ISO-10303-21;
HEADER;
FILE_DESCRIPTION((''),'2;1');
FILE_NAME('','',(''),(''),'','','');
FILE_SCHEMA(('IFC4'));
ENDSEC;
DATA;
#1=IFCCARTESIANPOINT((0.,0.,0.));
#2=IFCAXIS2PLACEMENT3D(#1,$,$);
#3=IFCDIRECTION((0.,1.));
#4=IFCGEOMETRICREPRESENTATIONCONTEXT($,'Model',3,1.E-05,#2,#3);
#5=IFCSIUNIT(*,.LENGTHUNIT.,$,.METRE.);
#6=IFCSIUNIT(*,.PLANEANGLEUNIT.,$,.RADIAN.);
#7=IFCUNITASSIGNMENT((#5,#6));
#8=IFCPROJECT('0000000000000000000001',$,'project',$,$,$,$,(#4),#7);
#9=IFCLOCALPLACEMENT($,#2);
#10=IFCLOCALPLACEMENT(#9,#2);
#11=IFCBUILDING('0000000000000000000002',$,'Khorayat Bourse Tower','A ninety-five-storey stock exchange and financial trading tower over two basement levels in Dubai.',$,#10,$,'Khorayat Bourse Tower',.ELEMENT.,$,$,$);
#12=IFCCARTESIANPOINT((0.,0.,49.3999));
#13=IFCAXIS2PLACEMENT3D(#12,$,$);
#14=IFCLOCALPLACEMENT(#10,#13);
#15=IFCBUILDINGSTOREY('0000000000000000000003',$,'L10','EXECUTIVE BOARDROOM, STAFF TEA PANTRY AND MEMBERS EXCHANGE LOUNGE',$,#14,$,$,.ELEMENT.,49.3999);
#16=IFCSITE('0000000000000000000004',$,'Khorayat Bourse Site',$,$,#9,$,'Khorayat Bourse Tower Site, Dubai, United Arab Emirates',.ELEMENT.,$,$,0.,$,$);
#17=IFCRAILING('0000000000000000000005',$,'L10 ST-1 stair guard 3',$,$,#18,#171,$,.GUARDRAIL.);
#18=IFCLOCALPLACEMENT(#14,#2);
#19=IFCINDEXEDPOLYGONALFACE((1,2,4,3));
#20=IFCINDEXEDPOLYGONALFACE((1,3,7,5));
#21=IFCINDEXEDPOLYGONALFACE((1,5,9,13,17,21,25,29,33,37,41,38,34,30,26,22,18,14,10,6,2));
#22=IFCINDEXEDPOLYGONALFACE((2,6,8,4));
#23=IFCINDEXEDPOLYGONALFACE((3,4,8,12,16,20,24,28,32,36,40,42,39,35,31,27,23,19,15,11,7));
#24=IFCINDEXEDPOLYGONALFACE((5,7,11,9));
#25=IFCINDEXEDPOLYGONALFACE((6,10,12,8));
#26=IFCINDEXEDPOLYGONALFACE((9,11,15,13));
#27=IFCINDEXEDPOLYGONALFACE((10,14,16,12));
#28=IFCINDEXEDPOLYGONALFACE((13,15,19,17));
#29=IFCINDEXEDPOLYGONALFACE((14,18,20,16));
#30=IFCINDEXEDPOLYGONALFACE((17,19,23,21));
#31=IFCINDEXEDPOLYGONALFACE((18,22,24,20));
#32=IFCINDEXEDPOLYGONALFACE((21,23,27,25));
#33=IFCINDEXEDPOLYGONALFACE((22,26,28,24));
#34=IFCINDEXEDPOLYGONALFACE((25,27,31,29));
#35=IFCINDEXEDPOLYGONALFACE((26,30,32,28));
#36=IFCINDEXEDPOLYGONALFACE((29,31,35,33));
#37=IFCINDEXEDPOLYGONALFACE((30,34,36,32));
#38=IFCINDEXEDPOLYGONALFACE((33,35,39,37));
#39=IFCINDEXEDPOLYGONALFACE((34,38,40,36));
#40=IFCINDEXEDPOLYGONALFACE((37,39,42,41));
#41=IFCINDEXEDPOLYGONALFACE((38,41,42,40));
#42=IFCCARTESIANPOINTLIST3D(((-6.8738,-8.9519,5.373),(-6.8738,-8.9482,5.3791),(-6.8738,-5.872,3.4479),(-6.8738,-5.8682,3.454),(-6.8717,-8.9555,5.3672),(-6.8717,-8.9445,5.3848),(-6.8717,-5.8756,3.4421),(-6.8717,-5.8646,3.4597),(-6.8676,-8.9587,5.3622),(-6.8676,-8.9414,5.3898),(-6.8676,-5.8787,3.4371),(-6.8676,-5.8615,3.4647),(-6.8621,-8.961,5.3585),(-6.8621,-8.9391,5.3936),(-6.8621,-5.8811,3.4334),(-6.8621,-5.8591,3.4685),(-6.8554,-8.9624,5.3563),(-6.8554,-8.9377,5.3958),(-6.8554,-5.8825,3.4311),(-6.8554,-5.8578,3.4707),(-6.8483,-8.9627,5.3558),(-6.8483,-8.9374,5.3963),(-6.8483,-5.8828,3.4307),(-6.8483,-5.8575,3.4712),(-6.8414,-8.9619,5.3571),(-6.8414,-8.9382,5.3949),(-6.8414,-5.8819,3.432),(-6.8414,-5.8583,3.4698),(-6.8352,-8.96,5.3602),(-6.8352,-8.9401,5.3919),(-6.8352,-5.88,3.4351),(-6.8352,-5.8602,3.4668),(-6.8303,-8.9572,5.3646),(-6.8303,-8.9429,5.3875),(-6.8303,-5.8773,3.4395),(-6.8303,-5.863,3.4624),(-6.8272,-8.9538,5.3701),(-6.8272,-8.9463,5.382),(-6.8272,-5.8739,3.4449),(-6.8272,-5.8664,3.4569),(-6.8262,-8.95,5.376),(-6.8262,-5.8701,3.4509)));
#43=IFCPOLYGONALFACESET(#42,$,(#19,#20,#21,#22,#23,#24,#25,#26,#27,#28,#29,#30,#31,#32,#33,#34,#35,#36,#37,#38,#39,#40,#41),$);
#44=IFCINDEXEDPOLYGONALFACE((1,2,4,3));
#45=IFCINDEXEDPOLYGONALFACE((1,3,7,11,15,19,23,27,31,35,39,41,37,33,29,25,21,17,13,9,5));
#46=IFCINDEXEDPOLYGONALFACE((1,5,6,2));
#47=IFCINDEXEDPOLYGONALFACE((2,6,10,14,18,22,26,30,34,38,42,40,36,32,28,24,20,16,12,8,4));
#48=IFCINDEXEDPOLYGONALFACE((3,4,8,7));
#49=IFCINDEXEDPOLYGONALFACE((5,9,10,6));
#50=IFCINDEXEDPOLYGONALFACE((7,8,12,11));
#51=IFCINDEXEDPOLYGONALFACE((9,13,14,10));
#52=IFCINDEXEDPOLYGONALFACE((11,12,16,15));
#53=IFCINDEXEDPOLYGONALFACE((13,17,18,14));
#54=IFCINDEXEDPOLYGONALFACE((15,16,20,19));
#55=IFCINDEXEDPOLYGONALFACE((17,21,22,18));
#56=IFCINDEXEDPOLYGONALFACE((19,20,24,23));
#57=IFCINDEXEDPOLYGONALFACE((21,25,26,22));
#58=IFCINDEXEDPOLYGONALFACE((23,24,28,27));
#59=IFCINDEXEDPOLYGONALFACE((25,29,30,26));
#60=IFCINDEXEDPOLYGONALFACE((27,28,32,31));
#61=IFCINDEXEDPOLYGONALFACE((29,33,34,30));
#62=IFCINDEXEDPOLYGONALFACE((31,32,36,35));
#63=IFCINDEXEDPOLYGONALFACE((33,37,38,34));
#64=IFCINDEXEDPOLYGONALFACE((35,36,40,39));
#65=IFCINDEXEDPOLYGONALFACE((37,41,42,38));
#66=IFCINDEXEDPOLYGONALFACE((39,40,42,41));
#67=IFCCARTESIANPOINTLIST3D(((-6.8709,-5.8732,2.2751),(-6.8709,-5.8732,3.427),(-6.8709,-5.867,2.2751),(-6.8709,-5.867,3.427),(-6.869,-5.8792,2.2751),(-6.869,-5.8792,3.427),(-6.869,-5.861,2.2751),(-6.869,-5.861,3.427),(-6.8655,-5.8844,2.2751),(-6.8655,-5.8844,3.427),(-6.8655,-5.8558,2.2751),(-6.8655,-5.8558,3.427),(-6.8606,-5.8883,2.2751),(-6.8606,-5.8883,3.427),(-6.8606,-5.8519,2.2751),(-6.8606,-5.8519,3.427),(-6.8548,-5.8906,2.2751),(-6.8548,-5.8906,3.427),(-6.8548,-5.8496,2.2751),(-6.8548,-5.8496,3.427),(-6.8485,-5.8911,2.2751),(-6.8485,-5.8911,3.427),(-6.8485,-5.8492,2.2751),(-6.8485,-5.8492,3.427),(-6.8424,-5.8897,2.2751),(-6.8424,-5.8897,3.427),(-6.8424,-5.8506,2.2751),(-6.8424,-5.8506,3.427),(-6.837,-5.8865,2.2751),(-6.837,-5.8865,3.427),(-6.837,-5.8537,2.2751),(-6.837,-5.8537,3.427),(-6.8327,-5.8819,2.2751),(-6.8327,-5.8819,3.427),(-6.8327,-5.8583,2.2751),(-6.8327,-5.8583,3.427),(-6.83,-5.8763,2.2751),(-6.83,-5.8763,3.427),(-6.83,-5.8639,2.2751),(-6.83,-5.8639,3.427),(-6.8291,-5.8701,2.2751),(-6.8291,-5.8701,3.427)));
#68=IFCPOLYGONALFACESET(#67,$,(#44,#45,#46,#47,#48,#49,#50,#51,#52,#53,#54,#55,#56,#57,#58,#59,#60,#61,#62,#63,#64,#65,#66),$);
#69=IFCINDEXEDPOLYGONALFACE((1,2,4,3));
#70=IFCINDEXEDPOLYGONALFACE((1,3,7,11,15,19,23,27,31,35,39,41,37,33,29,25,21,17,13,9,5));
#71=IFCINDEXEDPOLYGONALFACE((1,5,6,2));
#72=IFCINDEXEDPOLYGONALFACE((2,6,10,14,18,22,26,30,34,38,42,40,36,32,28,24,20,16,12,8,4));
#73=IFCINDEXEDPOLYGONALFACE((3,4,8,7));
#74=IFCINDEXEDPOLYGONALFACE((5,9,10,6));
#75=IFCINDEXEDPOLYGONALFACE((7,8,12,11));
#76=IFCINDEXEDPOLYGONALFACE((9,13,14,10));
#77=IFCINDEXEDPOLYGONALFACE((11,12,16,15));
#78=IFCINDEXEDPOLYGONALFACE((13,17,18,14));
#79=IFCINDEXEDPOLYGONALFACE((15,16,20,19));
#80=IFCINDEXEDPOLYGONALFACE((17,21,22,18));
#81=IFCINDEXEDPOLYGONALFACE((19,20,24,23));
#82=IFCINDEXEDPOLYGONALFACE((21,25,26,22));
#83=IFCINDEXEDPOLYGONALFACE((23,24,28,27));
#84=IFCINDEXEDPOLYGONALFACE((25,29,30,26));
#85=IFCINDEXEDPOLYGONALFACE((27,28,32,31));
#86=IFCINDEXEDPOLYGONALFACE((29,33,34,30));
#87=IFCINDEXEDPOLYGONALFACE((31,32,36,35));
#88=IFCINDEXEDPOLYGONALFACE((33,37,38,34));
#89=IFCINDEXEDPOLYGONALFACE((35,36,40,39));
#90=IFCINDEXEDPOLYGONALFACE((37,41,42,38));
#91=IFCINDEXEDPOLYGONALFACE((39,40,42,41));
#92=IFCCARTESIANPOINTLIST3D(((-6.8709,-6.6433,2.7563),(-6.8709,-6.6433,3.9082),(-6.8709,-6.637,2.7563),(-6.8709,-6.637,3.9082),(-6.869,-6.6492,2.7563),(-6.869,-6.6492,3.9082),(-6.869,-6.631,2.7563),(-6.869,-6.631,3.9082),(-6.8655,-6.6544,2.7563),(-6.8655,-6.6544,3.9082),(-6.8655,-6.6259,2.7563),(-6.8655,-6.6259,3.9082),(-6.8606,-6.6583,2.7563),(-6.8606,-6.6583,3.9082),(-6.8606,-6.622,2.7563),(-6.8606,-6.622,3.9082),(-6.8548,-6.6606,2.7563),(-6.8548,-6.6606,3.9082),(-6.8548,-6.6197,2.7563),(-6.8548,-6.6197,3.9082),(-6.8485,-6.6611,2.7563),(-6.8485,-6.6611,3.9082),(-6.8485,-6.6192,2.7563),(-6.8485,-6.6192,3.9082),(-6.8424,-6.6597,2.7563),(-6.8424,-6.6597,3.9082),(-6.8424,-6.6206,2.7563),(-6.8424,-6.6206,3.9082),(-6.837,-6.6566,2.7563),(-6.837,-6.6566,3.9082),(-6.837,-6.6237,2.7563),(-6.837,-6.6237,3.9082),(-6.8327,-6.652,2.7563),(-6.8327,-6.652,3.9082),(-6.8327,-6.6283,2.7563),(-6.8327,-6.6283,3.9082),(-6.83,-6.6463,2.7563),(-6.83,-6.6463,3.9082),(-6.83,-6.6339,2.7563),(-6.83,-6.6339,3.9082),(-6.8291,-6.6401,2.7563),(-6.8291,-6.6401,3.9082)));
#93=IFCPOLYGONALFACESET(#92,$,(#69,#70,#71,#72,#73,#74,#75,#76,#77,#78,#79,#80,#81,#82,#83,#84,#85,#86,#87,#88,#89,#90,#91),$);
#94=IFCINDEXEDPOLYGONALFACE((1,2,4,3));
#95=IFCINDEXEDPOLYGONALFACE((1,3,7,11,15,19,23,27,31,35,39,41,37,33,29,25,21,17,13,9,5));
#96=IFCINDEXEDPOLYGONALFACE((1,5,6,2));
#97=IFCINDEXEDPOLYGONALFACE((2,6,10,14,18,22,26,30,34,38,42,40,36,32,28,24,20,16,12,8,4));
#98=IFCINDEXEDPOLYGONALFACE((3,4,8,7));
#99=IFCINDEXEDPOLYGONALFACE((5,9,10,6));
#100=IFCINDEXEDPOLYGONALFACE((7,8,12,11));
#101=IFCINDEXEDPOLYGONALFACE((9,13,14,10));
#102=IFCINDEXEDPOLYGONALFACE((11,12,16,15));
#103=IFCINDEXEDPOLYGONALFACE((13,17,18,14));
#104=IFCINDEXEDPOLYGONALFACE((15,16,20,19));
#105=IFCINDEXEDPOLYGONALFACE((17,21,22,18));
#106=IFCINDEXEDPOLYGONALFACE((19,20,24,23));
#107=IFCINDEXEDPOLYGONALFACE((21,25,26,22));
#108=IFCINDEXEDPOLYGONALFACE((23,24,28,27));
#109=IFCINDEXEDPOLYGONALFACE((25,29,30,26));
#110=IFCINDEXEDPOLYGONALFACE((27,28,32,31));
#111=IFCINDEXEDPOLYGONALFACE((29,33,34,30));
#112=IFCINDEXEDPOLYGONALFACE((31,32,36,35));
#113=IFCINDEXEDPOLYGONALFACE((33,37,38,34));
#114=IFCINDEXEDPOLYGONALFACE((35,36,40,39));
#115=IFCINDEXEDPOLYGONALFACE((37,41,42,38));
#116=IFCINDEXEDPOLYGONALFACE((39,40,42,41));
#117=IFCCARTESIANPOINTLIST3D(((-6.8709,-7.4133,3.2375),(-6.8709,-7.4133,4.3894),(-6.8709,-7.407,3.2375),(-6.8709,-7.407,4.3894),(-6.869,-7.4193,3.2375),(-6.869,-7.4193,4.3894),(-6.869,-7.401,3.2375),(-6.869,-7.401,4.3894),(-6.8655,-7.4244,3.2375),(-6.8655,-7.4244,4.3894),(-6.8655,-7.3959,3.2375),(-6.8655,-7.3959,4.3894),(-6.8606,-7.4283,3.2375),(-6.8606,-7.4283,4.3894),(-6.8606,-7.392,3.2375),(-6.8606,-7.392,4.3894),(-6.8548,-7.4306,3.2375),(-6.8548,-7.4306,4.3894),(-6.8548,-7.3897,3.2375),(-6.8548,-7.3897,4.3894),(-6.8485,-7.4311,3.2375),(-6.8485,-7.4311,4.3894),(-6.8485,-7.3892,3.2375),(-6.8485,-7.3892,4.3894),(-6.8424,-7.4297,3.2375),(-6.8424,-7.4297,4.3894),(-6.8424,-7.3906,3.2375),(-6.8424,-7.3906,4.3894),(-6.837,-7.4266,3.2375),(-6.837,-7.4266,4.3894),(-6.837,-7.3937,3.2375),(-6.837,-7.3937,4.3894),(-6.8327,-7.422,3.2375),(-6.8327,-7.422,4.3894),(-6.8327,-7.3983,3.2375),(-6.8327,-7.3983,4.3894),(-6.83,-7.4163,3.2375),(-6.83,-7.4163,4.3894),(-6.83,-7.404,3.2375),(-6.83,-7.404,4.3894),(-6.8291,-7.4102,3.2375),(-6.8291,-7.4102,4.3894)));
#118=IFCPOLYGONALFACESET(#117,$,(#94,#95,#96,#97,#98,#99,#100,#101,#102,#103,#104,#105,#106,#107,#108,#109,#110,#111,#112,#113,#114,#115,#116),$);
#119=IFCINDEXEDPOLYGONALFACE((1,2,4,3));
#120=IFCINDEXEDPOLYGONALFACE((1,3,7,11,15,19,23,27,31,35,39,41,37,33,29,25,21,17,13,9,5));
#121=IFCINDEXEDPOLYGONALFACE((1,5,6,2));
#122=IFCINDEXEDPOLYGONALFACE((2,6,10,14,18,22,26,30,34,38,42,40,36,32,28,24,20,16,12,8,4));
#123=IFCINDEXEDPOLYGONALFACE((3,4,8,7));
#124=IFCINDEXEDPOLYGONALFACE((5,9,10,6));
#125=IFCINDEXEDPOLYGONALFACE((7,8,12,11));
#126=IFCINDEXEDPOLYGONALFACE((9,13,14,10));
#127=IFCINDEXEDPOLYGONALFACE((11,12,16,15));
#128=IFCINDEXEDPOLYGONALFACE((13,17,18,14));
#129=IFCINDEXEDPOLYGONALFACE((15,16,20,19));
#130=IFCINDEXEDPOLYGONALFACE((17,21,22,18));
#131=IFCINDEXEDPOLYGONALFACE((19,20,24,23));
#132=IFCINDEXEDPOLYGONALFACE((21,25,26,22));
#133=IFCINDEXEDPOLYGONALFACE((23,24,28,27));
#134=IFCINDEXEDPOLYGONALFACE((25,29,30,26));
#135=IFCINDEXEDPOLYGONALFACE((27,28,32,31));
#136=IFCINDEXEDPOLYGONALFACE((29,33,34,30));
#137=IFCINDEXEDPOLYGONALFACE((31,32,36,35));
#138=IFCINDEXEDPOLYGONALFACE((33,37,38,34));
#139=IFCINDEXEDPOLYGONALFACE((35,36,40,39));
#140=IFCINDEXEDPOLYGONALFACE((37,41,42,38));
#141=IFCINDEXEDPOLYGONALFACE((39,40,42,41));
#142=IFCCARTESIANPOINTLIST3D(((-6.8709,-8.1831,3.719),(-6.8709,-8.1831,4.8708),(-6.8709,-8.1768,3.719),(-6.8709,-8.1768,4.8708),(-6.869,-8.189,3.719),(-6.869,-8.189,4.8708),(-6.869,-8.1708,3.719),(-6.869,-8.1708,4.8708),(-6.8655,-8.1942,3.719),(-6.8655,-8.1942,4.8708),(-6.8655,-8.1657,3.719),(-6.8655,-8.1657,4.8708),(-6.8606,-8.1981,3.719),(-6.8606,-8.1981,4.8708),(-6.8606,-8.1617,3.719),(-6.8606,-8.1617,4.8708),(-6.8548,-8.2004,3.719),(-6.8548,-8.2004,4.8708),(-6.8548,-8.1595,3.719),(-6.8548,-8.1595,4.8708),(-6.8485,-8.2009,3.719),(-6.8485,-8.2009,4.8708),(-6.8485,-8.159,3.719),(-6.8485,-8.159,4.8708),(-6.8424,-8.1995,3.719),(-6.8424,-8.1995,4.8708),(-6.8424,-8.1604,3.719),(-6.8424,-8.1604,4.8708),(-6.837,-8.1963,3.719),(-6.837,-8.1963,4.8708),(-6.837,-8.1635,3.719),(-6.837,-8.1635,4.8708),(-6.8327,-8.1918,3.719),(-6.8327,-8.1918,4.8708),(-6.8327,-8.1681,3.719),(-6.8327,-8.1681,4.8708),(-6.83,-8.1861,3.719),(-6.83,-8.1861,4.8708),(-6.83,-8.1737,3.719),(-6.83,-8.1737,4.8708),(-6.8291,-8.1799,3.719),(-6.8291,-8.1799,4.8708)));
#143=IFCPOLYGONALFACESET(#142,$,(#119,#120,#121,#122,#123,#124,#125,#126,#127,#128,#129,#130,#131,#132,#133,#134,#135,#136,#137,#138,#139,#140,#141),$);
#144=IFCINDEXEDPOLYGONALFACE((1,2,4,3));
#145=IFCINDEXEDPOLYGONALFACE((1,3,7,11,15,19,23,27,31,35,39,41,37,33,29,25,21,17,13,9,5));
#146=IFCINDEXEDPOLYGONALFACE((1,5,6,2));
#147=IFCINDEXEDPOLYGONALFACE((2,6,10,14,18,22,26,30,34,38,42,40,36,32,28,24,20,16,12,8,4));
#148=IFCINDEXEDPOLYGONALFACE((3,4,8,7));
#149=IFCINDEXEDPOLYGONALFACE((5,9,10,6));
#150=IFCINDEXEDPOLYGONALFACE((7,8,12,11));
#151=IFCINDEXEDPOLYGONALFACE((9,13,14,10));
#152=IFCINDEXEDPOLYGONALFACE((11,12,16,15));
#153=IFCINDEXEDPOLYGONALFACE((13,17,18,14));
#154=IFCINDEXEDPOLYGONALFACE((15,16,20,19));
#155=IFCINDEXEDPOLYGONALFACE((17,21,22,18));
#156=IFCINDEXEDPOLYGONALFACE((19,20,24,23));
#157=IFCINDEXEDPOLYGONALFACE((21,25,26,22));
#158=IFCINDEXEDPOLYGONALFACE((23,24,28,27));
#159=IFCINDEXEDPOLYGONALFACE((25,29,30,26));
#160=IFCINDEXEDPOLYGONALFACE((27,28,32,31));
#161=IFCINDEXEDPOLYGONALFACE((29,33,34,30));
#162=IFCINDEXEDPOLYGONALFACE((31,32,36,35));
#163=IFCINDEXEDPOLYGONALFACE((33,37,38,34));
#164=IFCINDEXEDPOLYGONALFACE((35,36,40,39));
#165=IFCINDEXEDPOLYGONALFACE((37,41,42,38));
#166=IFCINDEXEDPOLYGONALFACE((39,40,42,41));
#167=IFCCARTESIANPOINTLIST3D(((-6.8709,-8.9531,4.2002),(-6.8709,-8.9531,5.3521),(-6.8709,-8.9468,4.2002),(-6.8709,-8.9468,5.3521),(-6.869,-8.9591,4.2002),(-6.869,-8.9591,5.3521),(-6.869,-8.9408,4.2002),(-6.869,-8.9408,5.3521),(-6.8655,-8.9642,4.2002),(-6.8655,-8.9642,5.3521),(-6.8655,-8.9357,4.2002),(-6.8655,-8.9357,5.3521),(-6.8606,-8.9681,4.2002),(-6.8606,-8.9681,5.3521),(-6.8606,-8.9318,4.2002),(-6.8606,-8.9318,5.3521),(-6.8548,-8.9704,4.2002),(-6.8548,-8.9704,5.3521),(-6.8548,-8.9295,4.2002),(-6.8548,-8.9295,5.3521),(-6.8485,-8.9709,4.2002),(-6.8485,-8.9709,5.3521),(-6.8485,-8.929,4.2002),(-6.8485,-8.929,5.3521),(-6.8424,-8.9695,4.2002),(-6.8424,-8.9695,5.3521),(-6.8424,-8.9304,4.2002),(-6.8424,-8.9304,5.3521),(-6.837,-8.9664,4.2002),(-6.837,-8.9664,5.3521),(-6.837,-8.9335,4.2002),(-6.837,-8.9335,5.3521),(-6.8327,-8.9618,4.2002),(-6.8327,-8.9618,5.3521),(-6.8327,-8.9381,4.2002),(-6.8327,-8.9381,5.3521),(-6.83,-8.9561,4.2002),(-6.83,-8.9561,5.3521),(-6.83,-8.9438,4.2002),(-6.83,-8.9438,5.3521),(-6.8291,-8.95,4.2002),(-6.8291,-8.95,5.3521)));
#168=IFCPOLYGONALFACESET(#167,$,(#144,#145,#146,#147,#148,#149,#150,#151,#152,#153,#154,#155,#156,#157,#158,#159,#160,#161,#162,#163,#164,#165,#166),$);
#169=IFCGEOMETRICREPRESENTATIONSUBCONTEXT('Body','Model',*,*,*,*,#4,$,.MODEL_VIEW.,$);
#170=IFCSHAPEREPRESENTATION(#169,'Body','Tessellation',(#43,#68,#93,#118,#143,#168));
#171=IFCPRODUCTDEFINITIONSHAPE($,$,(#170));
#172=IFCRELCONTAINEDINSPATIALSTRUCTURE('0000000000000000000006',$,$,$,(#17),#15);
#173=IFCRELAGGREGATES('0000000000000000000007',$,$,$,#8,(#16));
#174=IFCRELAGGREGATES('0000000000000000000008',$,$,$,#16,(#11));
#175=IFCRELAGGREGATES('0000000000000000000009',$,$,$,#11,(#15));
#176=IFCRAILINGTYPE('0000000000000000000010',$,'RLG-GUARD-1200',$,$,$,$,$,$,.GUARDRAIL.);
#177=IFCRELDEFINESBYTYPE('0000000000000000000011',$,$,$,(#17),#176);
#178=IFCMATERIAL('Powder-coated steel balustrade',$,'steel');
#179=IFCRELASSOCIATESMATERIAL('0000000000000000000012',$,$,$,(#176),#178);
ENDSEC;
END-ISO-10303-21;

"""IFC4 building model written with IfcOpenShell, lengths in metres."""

from ifc_helpers import new_model, si_unit, direction, frame, origin, origin_2d, place, context, subcontext, project, spatial, circle, extrude, source, transform, mapped, material, type_object, element, save


model = new_model("IFC4")

# Units and contexts
model_context = context("Model", 3, precision=1e-05, world=origin(), true_north=direction((0.0, 1.0)))
body_context = subcontext(model_context, "Body", "Model", "MODEL_VIEW")
ifc_project = project(units=[si_unit("LENGTHUNIT", "METRE"), si_unit("PLANEANGLEUNIT", "RADIAN")], contexts=[model_context])

# Site, building, storey
site_placement = place(None, origin())
site = spatial("IfcSite", under=ifc_project, at=site_placement, Name="Khorayat Bourse Site", LongName="Khorayat Bourse Tower Site, Dubai, United Arab Emirates", CompositionType="ELEMENT", RefElevation=0.0)
building_placement = place(site_placement, origin())
building = spatial("IfcBuilding", under=site, at=building_placement, Name="Khorayat Bourse Tower", Description="A ninety-five-storey stock exchange and financial trading tower over two basement levels in Dubai.", LongName="Khorayat Bourse Tower", CompositionType="ELEMENT")
storey_placement = place(building_placement, frame((0.0, 0.0, 49.3999)))
storey = spatial("IfcBuildingStorey", under=building, at=storey_placement, Name="L10", Description="EXECUTIVE BOARDROOM, STAFF TEA PANTRY AND MEMBERS EXCHANGE LOUNGE", CompositionType="ELEMENT", Elevation=49.3999)

# Railing
ifc_material_1 = material(Name="Powder-coated steel balustrade", Category="steel")
railing_type_1 = type_object("IfcRailingType", Name="RLG-GUARD-1200", PredefinedType="GUARDRAIL", material=ifc_material_1)
shared_shape_1 = source(origin(), body_context, "Body", "SweptSolid", [
    extrude(circle(Radius=0.0239, at=origin_2d()), frame((0.0, 0.0, 1.1758), z_axis=(0.0, -0.847979, 0.530029), x_axis=(1.0, 0.0, 0.0)), (0.0, 0.0, 1.0), 3.6321),
    extrude(circle(Radius=0.021, at=origin_2d()), origin(), (0.0, 0.0, 1.0), 1.1519),
    extrude(circle(Radius=0.021, at=origin_2d()), frame((0.0, -0.77, 0.4812)), (0.0, 0.0, 1.0), 1.1519),
    extrude(circle(Radius=0.021, at=origin_2d()), frame((0.0, -1.54, 0.9624)), (0.0, 0.0, 1.0), 1.1519),
    extrude(circle(Radius=0.021, at=origin_2d()), frame((0.0, -2.3098, 1.4438)), (0.0, 0.0, 1.0), 1.1519),
    extrude(circle(Radius=0.021, at=origin_2d()), frame((0.0, -3.0798, 1.925)), (0.0, 0.0, 1.0), 1.1519),
])
railing_1_placement = place(storey_placement, frame((-6.8501, -5.8701, 2.2751)))
element("IfcRailing", 1, at=railing_1_placement, inside=storey, type_object=railing_type_1, Name="L10 ST-1 stair guard 3", PredefinedType="GUARDRAIL", context=body_context, shape_type="MappedRepresentation", body=[
    mapped(shared_shape_1, transform((0.0, 0.0, 0.0), scale=1.0)),
])

save(model, "model.ifc")
